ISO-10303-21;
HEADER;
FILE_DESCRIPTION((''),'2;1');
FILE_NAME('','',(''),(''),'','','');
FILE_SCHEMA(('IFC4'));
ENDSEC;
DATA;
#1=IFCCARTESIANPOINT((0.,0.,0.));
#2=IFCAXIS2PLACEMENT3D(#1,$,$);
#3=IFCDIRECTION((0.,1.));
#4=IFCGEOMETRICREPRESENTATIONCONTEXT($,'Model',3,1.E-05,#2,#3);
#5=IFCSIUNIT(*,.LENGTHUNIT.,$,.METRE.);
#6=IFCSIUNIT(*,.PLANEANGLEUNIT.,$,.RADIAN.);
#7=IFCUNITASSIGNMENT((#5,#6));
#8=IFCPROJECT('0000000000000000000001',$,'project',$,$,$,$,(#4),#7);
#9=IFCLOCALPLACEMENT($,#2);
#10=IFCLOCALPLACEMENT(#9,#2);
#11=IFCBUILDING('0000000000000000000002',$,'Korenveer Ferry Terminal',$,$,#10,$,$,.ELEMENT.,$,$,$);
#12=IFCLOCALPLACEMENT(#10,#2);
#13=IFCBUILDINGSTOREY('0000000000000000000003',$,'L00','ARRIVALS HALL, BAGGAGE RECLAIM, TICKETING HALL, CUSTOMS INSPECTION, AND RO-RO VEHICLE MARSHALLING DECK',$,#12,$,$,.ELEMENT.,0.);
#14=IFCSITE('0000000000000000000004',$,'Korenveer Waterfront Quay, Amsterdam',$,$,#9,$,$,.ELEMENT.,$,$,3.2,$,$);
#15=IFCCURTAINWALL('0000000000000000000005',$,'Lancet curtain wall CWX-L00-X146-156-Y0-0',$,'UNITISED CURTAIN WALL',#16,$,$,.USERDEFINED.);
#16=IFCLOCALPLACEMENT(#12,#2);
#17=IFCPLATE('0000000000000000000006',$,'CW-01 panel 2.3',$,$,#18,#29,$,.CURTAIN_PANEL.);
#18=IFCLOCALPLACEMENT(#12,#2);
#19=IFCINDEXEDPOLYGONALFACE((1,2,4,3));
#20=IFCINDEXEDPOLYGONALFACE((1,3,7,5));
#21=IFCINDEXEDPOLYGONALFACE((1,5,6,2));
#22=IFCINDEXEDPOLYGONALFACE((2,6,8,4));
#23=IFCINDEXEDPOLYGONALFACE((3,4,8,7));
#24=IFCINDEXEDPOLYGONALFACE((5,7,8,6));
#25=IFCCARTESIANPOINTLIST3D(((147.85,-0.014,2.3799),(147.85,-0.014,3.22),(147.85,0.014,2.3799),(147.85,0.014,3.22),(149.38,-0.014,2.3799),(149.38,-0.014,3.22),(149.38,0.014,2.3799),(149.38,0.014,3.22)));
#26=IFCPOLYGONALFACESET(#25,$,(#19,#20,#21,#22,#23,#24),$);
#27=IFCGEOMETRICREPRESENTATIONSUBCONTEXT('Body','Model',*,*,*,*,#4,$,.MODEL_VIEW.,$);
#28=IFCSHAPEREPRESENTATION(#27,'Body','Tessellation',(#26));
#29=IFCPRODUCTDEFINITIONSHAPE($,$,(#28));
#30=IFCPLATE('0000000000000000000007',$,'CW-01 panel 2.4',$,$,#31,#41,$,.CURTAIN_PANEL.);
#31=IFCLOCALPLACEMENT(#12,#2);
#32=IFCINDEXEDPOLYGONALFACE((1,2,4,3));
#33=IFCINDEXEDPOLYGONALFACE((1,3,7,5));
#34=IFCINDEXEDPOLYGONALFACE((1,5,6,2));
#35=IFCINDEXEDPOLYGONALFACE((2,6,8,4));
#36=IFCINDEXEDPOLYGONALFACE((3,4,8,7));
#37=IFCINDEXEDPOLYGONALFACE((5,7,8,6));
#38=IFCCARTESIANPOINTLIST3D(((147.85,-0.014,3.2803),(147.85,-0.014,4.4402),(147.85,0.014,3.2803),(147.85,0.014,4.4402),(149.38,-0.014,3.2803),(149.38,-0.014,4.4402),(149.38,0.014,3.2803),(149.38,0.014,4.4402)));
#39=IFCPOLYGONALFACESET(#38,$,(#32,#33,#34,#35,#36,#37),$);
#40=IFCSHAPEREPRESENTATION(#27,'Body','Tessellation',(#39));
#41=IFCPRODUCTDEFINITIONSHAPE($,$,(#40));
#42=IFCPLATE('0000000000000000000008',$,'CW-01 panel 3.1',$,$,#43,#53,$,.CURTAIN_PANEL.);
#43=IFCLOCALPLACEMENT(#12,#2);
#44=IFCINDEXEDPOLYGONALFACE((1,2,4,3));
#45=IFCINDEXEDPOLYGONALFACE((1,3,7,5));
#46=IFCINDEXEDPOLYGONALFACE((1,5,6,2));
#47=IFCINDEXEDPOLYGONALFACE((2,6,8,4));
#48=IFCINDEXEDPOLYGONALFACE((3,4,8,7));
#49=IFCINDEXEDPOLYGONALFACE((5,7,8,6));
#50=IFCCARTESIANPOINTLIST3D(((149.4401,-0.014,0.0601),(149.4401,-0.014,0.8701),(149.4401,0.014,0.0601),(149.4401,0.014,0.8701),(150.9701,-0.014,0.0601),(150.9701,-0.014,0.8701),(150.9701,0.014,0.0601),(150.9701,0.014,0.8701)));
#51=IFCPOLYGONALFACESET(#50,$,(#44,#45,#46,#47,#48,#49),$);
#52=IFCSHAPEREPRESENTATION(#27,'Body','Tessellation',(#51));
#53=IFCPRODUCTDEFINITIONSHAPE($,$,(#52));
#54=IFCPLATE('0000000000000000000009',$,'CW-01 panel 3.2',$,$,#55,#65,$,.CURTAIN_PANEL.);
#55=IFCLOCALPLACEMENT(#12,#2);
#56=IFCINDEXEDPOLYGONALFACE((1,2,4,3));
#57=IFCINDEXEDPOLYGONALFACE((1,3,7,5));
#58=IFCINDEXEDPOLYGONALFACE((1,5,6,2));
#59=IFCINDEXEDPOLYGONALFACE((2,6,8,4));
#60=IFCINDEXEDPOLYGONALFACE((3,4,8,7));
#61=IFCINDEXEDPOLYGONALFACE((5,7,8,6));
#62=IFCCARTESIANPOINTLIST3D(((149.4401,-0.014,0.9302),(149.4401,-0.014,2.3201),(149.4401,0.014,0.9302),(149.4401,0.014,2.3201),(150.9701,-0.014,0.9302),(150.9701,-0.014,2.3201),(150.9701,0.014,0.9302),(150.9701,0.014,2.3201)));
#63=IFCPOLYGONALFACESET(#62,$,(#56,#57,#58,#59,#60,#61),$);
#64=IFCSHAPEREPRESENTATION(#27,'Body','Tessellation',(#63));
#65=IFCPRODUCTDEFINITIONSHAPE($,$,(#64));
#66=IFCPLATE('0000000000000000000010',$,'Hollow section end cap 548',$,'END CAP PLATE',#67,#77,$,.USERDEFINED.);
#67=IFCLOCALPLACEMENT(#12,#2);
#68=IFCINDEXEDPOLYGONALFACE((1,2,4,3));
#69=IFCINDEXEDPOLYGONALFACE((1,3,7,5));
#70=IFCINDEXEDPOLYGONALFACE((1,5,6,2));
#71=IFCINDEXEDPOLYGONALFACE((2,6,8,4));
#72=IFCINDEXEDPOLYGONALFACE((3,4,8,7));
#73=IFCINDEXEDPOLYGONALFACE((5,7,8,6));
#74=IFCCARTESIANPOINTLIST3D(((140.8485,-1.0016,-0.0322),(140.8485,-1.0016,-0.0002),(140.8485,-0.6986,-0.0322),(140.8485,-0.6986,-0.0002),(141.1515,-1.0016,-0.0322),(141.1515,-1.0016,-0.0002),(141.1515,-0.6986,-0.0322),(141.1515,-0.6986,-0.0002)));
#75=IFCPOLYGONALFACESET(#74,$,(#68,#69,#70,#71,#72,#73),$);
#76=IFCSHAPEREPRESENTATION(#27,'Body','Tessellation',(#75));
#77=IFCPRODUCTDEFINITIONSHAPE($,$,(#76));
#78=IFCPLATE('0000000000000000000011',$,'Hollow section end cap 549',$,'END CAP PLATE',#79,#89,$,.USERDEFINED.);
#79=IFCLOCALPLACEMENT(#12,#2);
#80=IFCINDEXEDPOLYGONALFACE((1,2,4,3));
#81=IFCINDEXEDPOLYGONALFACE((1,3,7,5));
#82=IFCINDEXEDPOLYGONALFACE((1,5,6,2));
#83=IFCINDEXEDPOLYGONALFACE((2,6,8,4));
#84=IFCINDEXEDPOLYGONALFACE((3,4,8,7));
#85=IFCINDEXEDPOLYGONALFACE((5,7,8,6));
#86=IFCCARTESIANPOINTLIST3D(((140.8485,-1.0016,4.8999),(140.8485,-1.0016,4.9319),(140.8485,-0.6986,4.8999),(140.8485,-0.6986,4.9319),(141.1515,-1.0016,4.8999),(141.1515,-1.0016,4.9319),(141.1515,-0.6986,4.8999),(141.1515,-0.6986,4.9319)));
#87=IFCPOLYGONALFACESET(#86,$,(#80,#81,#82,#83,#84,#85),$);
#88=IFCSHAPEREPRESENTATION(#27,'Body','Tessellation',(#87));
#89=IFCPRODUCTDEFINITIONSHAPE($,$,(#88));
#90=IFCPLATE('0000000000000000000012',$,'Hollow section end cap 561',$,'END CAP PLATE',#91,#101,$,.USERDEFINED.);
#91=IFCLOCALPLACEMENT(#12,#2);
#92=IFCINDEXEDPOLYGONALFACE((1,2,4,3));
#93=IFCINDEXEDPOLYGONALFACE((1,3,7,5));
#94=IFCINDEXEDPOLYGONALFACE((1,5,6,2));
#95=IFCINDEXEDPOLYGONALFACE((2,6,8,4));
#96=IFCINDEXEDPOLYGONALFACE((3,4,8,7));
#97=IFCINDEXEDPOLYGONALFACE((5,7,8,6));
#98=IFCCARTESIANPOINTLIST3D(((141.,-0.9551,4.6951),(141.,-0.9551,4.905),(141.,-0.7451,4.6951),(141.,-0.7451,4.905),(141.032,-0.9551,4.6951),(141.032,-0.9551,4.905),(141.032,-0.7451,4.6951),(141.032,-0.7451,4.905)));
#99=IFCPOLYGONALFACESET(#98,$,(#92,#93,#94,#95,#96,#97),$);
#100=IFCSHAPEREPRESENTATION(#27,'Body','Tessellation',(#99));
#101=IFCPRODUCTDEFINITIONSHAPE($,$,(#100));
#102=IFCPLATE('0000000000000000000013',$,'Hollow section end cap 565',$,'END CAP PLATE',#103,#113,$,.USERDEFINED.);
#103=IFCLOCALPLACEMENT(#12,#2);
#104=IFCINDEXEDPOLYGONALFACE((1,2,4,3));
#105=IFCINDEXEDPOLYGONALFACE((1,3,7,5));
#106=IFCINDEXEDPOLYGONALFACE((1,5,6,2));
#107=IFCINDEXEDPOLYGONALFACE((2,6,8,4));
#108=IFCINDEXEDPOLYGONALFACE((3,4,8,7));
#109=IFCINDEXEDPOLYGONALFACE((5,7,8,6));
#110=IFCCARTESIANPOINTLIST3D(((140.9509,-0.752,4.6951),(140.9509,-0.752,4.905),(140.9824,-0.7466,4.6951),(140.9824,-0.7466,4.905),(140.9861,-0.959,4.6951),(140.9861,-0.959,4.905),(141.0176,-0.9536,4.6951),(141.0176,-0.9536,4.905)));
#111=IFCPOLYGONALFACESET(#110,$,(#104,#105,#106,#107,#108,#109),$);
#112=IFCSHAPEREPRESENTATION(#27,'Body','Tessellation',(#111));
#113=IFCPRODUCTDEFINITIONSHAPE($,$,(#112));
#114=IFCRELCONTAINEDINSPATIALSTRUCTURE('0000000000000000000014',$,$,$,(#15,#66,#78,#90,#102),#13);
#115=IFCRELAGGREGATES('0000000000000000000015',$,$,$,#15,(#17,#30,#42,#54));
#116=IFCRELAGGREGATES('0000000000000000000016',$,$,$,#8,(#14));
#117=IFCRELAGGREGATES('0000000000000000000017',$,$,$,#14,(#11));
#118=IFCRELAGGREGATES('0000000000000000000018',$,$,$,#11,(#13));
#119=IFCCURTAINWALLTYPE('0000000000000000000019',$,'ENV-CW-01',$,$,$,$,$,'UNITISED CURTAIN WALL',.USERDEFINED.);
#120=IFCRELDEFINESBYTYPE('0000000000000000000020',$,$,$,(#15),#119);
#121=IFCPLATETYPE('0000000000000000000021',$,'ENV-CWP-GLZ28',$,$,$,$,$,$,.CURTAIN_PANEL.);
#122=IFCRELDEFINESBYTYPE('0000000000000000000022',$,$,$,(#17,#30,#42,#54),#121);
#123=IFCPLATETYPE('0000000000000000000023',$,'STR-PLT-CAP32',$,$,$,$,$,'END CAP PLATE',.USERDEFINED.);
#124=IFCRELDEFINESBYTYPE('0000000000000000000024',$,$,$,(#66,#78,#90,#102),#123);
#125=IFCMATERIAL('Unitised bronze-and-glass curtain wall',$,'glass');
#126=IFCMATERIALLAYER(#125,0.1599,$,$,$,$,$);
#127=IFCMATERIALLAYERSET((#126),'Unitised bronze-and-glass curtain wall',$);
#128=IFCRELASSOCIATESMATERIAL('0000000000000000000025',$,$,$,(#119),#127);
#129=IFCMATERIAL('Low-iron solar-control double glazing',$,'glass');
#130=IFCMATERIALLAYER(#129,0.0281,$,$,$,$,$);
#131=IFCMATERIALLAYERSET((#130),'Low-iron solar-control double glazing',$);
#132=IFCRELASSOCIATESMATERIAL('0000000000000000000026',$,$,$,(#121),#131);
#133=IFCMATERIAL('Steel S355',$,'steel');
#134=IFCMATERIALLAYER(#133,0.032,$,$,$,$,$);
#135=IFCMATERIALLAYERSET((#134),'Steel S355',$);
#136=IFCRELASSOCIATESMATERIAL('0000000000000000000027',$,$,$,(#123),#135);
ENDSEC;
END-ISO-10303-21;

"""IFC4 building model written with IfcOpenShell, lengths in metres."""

from ifc_helpers import new_model, si_unit, direction, frame, origin, origin_2d, place, context, subcontext, project, spatial, rectangle, extrude, material, layer, layer_set, type_object, element, aggregate, save


model = new_model("IFC4")

# Units and contexts
model_context = context("Model", 3, precision=1e-05, world=origin(), true_north=direction((0.0, 1.0)))
body_context = subcontext(model_context, "Body", "Model", "MODEL_VIEW")
ifc_project = project(units=[si_unit("LENGTHUNIT", "METRE"), si_unit("PLANEANGLEUNIT", "RADIAN")], contexts=[model_context])

# Site, building, storey
site_placement = place(None, origin())
site = spatial("IfcSite", under=ifc_project, at=site_placement, Name="Korenveer Waterfront Quay, Amsterdam", CompositionType="ELEMENT", RefElevation=3.2)
building_placement = place(site_placement, origin())
building = spatial("IfcBuilding", under=site, at=building_placement, Name="Korenveer Ferry Terminal", CompositionType="ELEMENT")
storey_placement = place(building_placement, origin())
storey = spatial("IfcBuildingStorey", under=building, at=storey_placement, Name="L00", Description="ARRIVALS HALL, BAGGAGE RECLAIM, TICKETING HALL, CUSTOMS INSPECTION, AND RO-RO VEHICLE MARSHALLING DECK", CompositionType="ELEMENT", Elevation=0.0)

# Shared definitions
ifc_material_1 = material(Name="Steel S355", Category="steel")

# Curtain wall
ifc_material_2 = material(Name="Unitised bronze-and-glass curtain wall", Category="glass")
ifc_layer_1 = layer(ifc_material_2, 0.1599)
ifc_layer_set_1 = layer_set([ifc_layer_1], Name="Unitised bronze-and-glass curtain wall")
curtain_wall_type = type_object("IfcCurtainWallType", Name="ENV-CW-01", ElementType="UNITISED CURTAIN WALL", PredefinedType="USERDEFINED", material=ifc_layer_set_1)
curtain_wall_placement = place(storey_placement, frame((146.23, 0.0, 0.0)))
curtain_wall = element("IfcCurtainWall", 1, at=curtain_wall_placement, inside=storey, type_object=curtain_wall_type, Name="Lancet curtain wall CWX-L00-X146-156-Y0-0", ObjectType="UNITISED CURTAIN WALL", PredefinedType="USERDEFINED")

# Plates
ifc_material_3 = material(Name="Low-iron solar-control double glazing", Category="glass")
ifc_layer_2 = layer(ifc_material_3, 0.0281)
ifc_layer_set_2 = layer_set([ifc_layer_2], Name="Low-iron solar-control double glazing")
plate_type_1 = type_object("IfcPlateType", Name="ENV-CWP-GLZ28", PredefinedType="CURTAIN_PANEL", material=ifc_layer_set_2)
plate_1_placement = place(storey_placement, frame((148.615, 0.0, 2.3799), z_axis=(0.0, 0.0, 1.0), x_axis=(1.0, 0.0, 0.0)))
plate_1 = element("IfcPlate", 2, at=plate_1_placement, type_object=plate_type_1, Name="CW-01 panel 2.3", PredefinedType="CURTAIN_PANEL", context=body_context, shape_type="SweptSolid", body=[
    extrude(rectangle(XDim=1.53, YDim=0.0281, at=origin_2d()), origin(), (0.0, 0.0, 1.0), 0.8401),
])
plate_2_placement = place(storey_placement, frame((148.615, 0.0, 3.2803), z_axis=(0.0, 0.0, 1.0), x_axis=(1.0, 0.0, 0.0)))
plate_2 = element("IfcPlate", 3, at=plate_2_placement, type_object=plate_type_1, Name="CW-01 panel 2.4", PredefinedType="CURTAIN_PANEL", context=body_context, shape_type="SweptSolid", body=[
    extrude(rectangle(XDim=1.53, YDim=0.0281, at=origin_2d()), origin(), (0.0, 0.0, 1.0), 1.1599),
])
plate_3_placement = place(storey_placement, frame((150.2051, 0.0, 0.0601), z_axis=(0.0, 0.0, 1.0), x_axis=(1.0, 0.0, 0.0)))
plate_3 = element("IfcPlate", 4, at=plate_3_placement, type_object=plate_type_1, Name="CW-01 panel 3.1", PredefinedType="CURTAIN_PANEL", context=body_context, shape_type="SweptSolid", body=[
    extrude(rectangle(XDim=1.53, YDim=0.0281, at=origin_2d()), origin(), (0.0, 0.0, 1.0), 0.8101),
])
plate_4_placement = place(storey_placement, frame((150.2051, 0.0, 0.9302), z_axis=(0.0, 0.0, 1.0), x_axis=(1.0, 0.0, 0.0)))
plate_4 = element("IfcPlate", 5, at=plate_4_placement, type_object=plate_type_1, Name="CW-01 panel 3.2", PredefinedType="CURTAIN_PANEL", context=body_context, shape_type="SweptSolid", body=[
    extrude(rectangle(XDim=1.53, YDim=0.0281, at=origin_2d()), origin(), (0.0, 0.0, 1.0), 1.3899),
])
aggregate(curtain_wall, [plate_1, plate_2, plate_3, plate_4])

# Plates
ifc_layer_3 = layer(ifc_material_1, 0.032)
ifc_layer_set_3 = layer_set([ifc_layer_3], Name="Steel S355")
plate_type_2 = type_object("IfcPlateType", Name="STR-PLT-CAP32", ElementType="END CAP PLATE", PredefinedType="USERDEFINED", material=ifc_layer_set_3)
for number, where, z_axis, x_axis, name in (
    (6, (141.0, -0.8501, -0.0322), (0.0, 0.0, 1.0), (1.0, 0.0, 0.0), "Hollow section end cap 548"),
    (7, (141.0, -0.8501, 4.8999), (0.0, 0.0, 1.0), (1.0, 0.0, 0.0), "Hollow section end cap 549"),
):
    element("IfcPlate", number, at=place(storey_placement, frame(where, z_axis=z_axis, x_axis=x_axis)), inside=storey, type_object=plate_type_2, Name=name, ObjectType="END CAP PLATE", PredefinedType="USERDEFINED", context=body_context, shape_type="SweptSolid", body=[
        extrude(rectangle(XDim=0.303, YDim=0.303, at=origin_2d()), origin(), (0.0, 0.0, 1.0), 0.032),
    ])
for number, where, z_axis, x_axis, name in (
    (8, (141.0, -0.8501, 4.8), (1.0, 0.0, 0.0), (0.0, 1.0, 0.0), "Hollow section end cap 561"),
    (9, (141.0, -0.8501, 4.8), (-0.985856, -0.167595, 0.0), (0.167595, -0.985856, 0.0), "Hollow section end cap 565"),
):
    element("IfcPlate", number, at=place(storey_placement, frame(where, z_axis=z_axis, x_axis=x_axis)), inside=storey, type_object=plate_type_2, Name=name, ObjectType="END CAP PLATE", PredefinedType="USERDEFINED", context=body_context, shape_type="SweptSolid", body=[
        extrude(rectangle(XDim=0.21, YDim=0.21, at=origin_2d()), origin(), (0.0, 0.0, 1.0), 0.032),
    ])

save(model, "model.ifc")
